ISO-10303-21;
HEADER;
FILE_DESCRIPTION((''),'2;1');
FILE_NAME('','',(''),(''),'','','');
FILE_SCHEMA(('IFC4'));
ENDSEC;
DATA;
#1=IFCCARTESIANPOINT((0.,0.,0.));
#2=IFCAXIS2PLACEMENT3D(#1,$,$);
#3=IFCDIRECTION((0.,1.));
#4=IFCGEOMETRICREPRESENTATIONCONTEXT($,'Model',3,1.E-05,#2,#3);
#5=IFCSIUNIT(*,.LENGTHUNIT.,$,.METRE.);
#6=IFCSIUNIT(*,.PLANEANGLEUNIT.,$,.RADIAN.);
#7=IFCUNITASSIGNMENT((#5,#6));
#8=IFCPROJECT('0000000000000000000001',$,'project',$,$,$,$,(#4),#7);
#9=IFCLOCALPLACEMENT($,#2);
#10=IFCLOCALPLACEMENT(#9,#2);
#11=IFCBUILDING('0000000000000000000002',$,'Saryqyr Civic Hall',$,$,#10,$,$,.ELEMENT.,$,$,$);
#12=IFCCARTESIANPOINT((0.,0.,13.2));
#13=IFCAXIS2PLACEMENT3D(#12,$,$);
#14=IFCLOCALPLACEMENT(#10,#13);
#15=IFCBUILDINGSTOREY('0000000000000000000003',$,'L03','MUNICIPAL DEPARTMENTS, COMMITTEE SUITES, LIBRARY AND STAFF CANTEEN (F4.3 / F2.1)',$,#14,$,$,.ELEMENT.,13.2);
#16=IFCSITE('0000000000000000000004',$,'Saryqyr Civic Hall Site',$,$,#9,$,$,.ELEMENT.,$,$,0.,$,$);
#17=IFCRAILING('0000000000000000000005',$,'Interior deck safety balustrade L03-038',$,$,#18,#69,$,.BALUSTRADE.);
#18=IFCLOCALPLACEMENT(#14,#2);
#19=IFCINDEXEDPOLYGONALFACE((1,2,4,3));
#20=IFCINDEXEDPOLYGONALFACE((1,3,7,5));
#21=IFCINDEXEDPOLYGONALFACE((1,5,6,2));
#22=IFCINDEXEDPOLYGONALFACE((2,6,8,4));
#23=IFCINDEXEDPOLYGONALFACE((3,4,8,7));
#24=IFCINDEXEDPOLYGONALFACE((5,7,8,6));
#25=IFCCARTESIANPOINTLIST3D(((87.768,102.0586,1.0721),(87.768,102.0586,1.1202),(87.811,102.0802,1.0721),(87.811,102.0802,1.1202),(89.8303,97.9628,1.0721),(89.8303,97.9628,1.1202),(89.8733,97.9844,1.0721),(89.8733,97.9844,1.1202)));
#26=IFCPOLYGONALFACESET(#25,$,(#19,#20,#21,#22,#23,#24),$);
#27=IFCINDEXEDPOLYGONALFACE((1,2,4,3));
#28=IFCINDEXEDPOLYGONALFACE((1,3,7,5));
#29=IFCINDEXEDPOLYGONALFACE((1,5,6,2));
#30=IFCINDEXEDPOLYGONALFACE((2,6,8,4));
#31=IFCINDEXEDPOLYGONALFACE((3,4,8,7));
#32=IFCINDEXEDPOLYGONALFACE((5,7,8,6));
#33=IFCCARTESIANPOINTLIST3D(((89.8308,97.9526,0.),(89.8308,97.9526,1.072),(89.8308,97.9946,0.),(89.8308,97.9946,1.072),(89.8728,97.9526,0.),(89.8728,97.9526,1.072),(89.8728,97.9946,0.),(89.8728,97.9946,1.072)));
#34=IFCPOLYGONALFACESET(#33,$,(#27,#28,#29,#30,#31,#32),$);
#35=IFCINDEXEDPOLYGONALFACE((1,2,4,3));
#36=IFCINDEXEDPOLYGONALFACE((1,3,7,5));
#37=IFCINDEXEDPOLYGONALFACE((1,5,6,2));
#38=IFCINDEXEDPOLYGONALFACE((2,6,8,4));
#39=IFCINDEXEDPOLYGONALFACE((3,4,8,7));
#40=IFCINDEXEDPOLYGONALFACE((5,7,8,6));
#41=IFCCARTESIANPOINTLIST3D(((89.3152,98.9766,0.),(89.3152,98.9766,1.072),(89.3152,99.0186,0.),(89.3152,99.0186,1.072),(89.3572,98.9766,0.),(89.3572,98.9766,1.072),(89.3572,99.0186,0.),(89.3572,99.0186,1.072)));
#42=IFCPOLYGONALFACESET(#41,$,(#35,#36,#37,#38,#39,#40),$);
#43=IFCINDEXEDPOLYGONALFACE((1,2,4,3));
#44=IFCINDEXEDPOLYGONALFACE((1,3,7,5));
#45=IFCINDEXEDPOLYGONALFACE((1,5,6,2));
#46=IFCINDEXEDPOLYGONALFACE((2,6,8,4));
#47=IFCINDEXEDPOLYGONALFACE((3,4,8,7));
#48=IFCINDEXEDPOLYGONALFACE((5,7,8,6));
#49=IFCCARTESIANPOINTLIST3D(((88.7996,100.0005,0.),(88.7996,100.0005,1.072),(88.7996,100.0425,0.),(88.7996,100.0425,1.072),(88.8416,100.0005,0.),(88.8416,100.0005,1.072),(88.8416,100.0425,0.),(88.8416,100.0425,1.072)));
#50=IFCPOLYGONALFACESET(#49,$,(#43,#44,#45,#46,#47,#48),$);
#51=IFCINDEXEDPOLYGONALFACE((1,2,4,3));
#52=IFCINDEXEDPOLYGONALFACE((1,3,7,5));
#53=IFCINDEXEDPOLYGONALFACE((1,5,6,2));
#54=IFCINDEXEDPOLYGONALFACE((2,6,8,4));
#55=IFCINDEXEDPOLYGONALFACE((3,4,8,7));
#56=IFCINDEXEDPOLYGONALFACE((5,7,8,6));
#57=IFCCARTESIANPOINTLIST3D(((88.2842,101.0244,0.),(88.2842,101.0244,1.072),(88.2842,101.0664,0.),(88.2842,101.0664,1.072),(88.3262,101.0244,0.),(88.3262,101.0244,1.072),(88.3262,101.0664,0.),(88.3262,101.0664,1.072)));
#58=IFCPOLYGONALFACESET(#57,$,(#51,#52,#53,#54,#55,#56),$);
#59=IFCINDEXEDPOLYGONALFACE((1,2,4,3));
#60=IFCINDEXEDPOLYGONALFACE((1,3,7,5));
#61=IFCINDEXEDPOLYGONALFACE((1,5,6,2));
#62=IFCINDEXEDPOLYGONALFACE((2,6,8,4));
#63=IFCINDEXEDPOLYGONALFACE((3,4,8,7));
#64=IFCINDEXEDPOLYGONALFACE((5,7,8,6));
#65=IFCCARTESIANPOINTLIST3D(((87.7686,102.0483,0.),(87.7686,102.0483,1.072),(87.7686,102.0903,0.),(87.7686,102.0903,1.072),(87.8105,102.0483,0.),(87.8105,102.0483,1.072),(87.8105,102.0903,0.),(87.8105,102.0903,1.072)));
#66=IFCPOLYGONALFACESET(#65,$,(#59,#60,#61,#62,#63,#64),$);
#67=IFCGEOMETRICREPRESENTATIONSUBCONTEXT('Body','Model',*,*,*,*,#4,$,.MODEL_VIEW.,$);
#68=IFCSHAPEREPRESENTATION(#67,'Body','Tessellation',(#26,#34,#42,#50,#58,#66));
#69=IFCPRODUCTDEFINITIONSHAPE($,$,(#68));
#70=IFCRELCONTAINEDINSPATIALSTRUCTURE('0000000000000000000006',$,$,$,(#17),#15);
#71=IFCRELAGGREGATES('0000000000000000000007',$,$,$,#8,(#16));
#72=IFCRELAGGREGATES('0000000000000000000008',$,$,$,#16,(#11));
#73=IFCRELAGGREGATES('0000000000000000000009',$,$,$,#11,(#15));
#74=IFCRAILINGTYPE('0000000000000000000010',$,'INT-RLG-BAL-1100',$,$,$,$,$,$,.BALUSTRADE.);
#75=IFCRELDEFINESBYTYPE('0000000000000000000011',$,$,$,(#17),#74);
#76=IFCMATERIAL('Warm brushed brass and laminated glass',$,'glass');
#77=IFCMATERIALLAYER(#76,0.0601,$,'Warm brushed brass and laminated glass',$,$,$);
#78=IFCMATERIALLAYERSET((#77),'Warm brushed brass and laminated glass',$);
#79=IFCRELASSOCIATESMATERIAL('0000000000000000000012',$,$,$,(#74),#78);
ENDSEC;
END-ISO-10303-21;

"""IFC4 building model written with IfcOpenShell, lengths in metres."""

from ifc_helpers import new_model, si_unit, direction, frame, origin, origin_2d, place, context, subcontext, project, spatial, rectangle, extrude, material, layer, layer_set, type_object, element, save


model = new_model("IFC4")

# Units and contexts
model_context = context("Model", 3, precision=1e-05, world=origin(), true_north=direction((0.0, 1.0)))
body_context = subcontext(model_context, "Body", "Model", "MODEL_VIEW")
ifc_project = project(units=[si_unit("LENGTHUNIT", "METRE"), si_unit("PLANEANGLEUNIT", "RADIAN")], contexts=[model_context])

# Site, building, storey
site_placement = place(None, origin())
site = spatial("IfcSite", under=ifc_project, at=site_placement, Name="Saryqyr Civic Hall Site", CompositionType="ELEMENT", RefElevation=0.0)
building_placement = place(site_placement, origin())
building = spatial("IfcBuilding", under=site, at=building_placement, Name="Saryqyr Civic Hall", CompositionType="ELEMENT")
storey_placement = place(building_placement, frame((0.0, 0.0, 13.2)))
storey = spatial("IfcBuildingStorey", under=building, at=storey_placement, Name="L03", Description="MUNICIPAL DEPARTMENTS, COMMITTEE SUITES, LIBRARY AND STAFF CANTEEN (F4.3 / F2.1)", CompositionType="ELEMENT", Elevation=13.2)

# Railing
ifc_material_1 = material(Name="Warm brushed brass and laminated glass", Category="glass")
ifc_layer_1 = layer(ifc_material_1, 0.0601, Name="Warm brushed brass and laminated glass")
ifc_layer_set_1 = layer_set([ifc_layer_1], Name="Warm brushed brass and laminated glass")
railing_type = type_object("IfcRailingType", Name="INT-RLG-BAL-1100", PredefinedType="BALUSTRADE", material=ifc_layer_set_1)
railing_1_placement = place(storey_placement, frame((89.8518, 97.9736, 0.0)))
element("IfcRailing", 1, at=railing_1_placement, inside=storey, type_object=railing_type, Name="Interior deck safety balustrade L03-038", PredefinedType="BALUSTRADE", context=body_context, shape_type="SweptSolid", body=[
    extrude(rectangle(XDim=0.0481, YDim=0.0481, at=origin_2d()), frame((0.0, 0.0, 1.0962), z_axis=(-0.449725, 0.893167, 0.0), x_axis=(-0.893167, -0.449725, 0.0)), (0.0, 0.0, 1.0), 4.5857),
    extrude(rectangle(XDim=0.042, YDim=0.042, at=origin_2d()), origin(), (0.0, 0.0, 1.0), 1.072),
    extrude(rectangle(XDim=0.042, YDim=0.042, at=origin_2d()), frame((-0.5156, 1.0239, 0.0)), (0.0, 0.0, 1.0), 1.072),
    extrude(rectangle(XDim=0.042, YDim=0.042, at=origin_2d()), frame((-1.0312, 2.0479, 0.0)), (0.0, 0.0, 1.0), 1.072),
    extrude(rectangle(XDim=0.042, YDim=0.042, at=origin_2d()), frame((-1.5466, 3.0718, 0.0)), (0.0, 0.0, 1.0), 1.072),
    extrude(rectangle(XDim=0.042, YDim=0.042, at=origin_2d()), frame((-2.0623, 4.0957, 0.0)), (0.0, 0.0, 1.0), 1.072),
])

save(model, "model.ifc")
